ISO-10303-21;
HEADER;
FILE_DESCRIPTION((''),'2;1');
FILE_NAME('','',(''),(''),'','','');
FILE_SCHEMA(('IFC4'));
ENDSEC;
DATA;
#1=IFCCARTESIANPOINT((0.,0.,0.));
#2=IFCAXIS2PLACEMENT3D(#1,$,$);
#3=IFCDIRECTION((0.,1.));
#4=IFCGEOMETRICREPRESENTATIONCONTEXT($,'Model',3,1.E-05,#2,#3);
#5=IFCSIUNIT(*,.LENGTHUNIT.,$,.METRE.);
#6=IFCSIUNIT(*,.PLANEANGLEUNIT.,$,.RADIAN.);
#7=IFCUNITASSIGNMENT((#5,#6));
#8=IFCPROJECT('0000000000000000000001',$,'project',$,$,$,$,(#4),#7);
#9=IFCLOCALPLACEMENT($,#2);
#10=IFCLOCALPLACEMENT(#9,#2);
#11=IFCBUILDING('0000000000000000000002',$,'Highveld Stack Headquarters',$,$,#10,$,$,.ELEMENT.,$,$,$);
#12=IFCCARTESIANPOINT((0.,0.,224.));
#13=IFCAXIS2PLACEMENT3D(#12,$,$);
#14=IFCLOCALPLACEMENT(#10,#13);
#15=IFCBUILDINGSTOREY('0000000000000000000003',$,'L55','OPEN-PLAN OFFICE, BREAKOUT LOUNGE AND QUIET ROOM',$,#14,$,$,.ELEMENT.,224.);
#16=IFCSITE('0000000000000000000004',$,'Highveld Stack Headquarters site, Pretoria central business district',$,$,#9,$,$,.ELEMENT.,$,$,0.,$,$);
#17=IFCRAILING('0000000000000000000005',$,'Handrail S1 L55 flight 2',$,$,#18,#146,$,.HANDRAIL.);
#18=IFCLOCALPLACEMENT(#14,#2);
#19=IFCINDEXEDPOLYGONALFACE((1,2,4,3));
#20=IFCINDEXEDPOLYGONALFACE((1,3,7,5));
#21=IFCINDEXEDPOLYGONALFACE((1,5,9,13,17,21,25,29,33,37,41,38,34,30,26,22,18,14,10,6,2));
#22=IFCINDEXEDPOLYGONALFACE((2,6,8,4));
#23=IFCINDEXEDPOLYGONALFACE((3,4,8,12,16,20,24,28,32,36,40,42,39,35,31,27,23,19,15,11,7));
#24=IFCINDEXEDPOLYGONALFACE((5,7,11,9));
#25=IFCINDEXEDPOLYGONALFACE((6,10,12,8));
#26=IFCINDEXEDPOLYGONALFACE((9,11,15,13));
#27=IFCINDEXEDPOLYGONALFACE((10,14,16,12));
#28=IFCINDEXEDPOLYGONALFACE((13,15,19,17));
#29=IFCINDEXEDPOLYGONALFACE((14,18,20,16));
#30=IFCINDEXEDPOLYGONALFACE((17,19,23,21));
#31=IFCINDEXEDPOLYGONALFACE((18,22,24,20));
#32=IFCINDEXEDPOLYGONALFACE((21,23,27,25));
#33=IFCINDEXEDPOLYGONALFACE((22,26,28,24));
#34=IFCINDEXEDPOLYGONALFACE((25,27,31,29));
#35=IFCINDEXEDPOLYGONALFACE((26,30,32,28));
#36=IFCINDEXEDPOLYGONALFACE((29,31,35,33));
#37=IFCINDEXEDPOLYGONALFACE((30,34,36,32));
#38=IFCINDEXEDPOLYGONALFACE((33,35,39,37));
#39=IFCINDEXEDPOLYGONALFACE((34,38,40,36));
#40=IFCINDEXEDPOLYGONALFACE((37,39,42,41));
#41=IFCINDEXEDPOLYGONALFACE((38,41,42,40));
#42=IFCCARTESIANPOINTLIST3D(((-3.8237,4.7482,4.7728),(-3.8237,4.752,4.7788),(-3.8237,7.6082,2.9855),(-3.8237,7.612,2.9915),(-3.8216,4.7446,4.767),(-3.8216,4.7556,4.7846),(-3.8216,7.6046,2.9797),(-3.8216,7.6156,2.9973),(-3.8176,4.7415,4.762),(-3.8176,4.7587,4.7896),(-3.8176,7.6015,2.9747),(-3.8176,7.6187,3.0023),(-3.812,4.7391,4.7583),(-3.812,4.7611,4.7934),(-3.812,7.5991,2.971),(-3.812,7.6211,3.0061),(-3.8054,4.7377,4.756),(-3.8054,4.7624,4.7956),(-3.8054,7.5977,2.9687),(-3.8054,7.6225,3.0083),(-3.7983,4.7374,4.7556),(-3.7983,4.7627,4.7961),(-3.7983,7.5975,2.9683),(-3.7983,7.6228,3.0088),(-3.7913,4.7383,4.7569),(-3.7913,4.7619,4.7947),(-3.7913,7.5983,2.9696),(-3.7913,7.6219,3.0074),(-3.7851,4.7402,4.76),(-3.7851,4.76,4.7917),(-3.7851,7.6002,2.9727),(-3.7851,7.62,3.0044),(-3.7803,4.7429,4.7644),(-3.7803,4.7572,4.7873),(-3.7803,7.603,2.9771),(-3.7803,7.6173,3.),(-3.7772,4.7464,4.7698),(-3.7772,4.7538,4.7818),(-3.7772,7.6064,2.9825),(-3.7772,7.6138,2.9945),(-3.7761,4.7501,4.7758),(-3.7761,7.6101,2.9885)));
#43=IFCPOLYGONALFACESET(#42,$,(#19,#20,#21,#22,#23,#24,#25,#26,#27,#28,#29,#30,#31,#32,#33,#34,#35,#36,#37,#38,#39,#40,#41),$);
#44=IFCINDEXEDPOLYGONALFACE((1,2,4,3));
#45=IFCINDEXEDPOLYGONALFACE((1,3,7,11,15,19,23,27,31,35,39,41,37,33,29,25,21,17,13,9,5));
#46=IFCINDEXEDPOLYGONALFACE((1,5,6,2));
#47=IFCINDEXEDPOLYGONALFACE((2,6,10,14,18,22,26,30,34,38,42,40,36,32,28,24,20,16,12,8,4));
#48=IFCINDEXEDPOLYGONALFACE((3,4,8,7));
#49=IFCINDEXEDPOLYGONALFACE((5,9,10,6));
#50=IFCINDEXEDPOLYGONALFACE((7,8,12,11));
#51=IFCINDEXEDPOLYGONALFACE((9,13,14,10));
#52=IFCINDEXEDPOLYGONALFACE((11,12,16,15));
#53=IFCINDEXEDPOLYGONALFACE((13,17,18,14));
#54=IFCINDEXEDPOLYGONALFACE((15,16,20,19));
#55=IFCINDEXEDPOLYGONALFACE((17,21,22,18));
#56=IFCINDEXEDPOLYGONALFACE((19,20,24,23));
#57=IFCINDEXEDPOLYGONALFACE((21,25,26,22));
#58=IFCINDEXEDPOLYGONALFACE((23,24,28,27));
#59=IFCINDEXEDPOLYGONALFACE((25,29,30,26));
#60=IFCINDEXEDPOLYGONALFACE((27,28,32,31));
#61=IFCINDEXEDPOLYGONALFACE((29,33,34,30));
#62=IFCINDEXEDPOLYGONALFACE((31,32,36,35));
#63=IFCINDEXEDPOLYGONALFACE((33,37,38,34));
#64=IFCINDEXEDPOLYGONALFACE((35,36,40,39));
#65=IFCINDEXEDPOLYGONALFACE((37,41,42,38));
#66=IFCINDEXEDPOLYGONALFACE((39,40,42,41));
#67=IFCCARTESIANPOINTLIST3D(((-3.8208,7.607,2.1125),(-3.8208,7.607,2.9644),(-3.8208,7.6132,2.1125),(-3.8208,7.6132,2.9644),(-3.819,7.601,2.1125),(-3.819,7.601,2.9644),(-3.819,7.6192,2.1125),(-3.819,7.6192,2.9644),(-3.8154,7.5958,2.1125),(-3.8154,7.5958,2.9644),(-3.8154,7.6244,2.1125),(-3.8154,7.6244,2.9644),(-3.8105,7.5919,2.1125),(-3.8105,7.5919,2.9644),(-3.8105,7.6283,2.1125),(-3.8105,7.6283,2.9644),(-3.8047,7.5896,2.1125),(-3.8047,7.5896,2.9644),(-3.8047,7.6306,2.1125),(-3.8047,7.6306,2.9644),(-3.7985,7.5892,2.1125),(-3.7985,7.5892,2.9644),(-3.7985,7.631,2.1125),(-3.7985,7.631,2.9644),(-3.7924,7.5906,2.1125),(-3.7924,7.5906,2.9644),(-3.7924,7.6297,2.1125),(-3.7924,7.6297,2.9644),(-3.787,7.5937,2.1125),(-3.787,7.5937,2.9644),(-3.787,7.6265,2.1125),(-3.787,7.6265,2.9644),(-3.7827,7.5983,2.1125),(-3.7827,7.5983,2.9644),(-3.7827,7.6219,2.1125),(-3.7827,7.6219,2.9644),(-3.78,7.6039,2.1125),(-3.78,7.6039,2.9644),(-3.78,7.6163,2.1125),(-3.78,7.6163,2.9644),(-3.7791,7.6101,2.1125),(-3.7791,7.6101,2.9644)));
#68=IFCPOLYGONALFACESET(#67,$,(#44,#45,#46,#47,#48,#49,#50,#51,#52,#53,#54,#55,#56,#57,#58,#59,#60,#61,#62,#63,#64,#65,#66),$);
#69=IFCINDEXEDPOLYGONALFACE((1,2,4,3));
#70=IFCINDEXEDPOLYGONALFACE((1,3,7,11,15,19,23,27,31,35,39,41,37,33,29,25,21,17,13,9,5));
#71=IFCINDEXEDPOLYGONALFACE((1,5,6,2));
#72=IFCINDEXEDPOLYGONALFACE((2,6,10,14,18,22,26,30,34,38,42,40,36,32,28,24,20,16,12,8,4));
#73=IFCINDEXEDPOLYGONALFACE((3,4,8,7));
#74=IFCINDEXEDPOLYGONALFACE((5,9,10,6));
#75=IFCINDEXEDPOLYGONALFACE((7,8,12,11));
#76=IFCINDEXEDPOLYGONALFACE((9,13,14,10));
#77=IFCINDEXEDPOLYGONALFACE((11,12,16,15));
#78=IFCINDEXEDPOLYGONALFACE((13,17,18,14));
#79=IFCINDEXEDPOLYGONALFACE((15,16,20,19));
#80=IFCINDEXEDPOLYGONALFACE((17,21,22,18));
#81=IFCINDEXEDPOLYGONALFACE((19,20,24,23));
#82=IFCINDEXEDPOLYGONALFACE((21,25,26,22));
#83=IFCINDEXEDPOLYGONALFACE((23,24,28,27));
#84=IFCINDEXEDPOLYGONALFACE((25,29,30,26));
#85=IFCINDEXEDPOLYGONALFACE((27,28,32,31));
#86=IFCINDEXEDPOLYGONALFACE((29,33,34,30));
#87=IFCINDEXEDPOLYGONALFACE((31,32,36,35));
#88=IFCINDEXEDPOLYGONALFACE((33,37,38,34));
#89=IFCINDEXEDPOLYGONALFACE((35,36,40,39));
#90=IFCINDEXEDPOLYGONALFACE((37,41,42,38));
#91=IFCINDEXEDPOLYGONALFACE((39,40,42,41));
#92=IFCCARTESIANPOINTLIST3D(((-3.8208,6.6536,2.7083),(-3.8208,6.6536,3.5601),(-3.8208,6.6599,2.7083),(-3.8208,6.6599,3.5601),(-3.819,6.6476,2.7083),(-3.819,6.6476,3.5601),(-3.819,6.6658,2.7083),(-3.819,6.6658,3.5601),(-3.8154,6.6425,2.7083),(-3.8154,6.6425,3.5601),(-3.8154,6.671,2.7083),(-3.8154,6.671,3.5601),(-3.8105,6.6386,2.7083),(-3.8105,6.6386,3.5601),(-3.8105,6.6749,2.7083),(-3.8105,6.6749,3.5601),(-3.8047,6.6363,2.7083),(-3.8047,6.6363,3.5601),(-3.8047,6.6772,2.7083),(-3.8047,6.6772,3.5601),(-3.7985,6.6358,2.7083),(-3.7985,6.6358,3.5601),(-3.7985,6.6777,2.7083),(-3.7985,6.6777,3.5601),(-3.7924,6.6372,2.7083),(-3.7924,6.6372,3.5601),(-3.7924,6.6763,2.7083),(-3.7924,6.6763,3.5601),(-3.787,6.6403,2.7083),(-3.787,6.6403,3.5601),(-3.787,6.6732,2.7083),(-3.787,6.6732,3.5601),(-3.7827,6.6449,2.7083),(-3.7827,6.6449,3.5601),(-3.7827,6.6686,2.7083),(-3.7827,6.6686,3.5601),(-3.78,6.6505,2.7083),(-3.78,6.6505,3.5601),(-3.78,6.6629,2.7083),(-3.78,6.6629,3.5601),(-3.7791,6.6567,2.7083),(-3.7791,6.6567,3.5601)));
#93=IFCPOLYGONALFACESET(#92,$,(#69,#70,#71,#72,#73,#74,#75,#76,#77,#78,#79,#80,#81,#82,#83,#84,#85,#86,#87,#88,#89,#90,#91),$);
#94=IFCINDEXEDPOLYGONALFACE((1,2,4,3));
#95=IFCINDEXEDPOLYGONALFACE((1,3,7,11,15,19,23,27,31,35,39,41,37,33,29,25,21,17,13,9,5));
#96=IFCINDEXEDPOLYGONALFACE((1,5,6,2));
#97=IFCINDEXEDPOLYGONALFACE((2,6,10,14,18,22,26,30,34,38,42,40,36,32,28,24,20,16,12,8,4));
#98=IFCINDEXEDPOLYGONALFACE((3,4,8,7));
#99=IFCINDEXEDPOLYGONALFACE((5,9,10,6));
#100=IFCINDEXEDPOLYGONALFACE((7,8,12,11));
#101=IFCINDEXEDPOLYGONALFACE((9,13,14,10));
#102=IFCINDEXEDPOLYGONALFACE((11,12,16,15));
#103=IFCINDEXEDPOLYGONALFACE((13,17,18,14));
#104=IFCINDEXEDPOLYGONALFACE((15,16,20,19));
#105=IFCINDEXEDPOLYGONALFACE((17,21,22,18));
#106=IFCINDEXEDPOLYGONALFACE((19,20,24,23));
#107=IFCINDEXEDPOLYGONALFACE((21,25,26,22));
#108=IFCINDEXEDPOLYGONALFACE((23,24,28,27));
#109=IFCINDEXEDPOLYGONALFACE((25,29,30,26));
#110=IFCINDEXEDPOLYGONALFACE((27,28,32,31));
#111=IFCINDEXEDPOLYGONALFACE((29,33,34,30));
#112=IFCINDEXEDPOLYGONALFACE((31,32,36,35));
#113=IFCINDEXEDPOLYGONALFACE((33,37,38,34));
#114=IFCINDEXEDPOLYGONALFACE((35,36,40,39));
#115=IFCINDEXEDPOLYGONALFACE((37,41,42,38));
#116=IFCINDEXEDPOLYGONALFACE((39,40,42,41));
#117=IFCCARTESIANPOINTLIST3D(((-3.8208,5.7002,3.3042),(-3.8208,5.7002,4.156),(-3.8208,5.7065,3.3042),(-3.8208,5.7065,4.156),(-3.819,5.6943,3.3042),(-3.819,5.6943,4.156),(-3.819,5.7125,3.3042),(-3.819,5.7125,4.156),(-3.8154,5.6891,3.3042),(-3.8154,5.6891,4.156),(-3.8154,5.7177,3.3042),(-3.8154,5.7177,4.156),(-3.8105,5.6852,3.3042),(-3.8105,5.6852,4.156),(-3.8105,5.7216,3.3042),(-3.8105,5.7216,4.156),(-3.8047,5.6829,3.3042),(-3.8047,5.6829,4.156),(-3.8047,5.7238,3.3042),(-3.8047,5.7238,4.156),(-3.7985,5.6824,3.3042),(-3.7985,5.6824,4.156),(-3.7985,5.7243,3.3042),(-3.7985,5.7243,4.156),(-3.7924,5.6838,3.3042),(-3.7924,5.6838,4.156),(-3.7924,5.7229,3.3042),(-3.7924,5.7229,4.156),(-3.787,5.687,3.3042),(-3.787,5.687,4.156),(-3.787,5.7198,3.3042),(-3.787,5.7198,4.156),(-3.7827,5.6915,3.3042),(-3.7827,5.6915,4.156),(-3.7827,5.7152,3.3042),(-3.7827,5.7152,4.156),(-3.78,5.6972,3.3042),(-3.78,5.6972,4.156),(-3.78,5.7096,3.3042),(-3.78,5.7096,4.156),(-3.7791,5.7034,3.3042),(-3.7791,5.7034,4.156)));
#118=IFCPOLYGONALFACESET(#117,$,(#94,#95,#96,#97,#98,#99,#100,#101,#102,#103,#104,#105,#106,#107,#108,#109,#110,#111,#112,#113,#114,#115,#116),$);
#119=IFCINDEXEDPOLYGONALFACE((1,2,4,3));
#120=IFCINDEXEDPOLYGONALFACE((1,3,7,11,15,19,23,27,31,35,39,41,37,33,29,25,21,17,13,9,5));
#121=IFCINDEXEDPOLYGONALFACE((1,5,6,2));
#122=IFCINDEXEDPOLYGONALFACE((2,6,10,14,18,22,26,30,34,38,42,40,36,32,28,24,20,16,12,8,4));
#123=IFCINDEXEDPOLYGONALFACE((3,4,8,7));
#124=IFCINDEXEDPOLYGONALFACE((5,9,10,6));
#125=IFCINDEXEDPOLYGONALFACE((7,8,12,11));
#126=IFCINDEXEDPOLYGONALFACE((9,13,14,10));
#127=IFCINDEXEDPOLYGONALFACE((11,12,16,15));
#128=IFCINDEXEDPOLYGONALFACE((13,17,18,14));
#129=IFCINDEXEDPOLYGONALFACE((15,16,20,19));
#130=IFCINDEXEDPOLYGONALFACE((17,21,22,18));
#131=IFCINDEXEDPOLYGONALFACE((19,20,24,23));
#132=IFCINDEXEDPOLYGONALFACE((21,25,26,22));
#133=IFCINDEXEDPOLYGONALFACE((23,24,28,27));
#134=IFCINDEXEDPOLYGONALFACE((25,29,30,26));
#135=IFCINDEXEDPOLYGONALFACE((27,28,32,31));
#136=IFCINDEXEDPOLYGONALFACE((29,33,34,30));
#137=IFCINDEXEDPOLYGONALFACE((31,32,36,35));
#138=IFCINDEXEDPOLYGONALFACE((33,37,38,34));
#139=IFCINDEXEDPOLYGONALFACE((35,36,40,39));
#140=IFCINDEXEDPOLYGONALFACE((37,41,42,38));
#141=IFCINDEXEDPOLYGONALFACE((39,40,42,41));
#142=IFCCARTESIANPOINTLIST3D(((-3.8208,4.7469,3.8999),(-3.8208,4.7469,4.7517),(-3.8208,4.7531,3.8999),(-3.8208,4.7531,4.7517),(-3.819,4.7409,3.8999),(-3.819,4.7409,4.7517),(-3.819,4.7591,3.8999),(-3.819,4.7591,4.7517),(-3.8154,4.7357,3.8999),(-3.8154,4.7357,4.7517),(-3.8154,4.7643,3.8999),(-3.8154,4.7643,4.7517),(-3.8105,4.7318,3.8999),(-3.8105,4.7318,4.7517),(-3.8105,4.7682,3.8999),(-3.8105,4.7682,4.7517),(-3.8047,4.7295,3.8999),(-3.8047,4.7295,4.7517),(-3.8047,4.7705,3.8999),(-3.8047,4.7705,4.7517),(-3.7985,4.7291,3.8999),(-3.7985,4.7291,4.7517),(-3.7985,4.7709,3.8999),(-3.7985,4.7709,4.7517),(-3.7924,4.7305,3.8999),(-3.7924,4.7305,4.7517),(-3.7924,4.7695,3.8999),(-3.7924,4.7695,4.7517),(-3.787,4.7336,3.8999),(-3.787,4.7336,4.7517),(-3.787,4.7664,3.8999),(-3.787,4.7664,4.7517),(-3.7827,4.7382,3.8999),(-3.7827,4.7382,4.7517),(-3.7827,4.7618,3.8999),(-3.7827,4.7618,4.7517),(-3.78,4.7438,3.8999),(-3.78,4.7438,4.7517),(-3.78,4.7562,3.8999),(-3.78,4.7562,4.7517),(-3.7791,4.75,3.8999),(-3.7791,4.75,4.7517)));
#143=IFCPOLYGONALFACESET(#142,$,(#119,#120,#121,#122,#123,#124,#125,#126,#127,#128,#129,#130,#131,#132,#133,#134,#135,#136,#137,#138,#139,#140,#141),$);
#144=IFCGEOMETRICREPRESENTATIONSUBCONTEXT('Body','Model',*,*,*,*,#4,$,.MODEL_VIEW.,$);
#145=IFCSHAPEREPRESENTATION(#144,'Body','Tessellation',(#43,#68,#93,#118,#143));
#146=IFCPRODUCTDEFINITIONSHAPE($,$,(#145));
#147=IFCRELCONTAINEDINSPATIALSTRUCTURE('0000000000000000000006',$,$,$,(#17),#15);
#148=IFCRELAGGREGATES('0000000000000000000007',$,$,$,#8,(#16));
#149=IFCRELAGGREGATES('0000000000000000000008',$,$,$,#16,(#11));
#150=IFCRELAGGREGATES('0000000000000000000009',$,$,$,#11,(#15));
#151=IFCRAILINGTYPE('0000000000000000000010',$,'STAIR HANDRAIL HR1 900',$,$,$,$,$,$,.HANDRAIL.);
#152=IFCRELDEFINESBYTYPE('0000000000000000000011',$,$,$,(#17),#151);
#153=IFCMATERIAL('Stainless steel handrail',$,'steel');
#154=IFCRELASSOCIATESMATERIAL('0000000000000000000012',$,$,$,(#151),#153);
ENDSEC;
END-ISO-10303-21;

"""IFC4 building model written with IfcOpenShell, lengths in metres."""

from ifc_helpers import new_model, si_unit, direction, frame, origin, origin_2d, place, context, subcontext, project, spatial, circle, extrude, material, type_object, element, save


model = new_model("IFC4")

# Units and contexts
model_context = context("Model", 3, precision=1e-05, world=origin(), true_north=direction((0.0, 1.0)))
body_context = subcontext(model_context, "Body", "Model", "MODEL_VIEW")
ifc_project = project(units=[si_unit("LENGTHUNIT", "METRE"), si_unit("PLANEANGLEUNIT", "RADIAN")], contexts=[model_context])

# Site, building, storey
site_placement = place(None, origin())
site = spatial("IfcSite", under=ifc_project, at=site_placement, Name="Highveld Stack Headquarters site, Pretoria central business district", CompositionType="ELEMENT", RefElevation=0.0)
building_placement = place(site_placement, origin())
building = spatial("IfcBuilding", under=site, at=building_placement, Name="Highveld Stack Headquarters", CompositionType="ELEMENT")
storey_placement = place(building_placement, frame((0.0, 0.0, 224.0)))
storey = spatial("IfcBuildingStorey", under=building, at=storey_placement, Name="L55", Description="OPEN-PLAN OFFICE, BREAKOUT LOUNGE AND QUIET ROOM", CompositionType="ELEMENT", Elevation=224.0)

# Railing
ifc_material_1 = material(Name="Stainless steel handrail", Category="steel")
railing_type = type_object("IfcRailingType", Name="STAIR HANDRAIL HR1 900", PredefinedType="HANDRAIL", material=ifc_material_1)
for number, where, name in (
    (1, (-3.8, 7.6101, 2.1125), "Handrail S1 L55 flight 2"),
):
    element("IfcRailing", number, at=place(storey_placement, frame(where)), inside=storey, type_object=railing_type, Name=name, PredefinedType="HANDRAIL", context=body_context, shape_type="SweptSolid", body=[
        extrude(circle(Radius=0.0239, at=origin_2d()), frame((0.0, 0.0, 0.876), z_axis=(0.0, -0.848027, 0.529953), x_axis=(1.0, 0.0, 0.0)), (0.0, 0.0, 1.0), 3.3726),
        extrude(circle(Radius=0.021, at=origin_2d()), origin(), (0.0, 0.0, 1.0), 0.8518),
        extrude(circle(Radius=0.021, at=origin_2d()), frame((0.0, -0.9534, 0.5957)), (0.0, 0.0, 1.0), 0.8518),
        extrude(circle(Radius=0.021, at=origin_2d()), frame((0.0, -1.9067, 1.1917)), (0.0, 0.0, 1.0), 0.8518),
        extrude(circle(Radius=0.021, at=origin_2d()), frame((0.0, -2.8601, 1.7874)), (0.0, 0.0, 1.0), 0.8518),
    ])

save(model, "model.ifc")
